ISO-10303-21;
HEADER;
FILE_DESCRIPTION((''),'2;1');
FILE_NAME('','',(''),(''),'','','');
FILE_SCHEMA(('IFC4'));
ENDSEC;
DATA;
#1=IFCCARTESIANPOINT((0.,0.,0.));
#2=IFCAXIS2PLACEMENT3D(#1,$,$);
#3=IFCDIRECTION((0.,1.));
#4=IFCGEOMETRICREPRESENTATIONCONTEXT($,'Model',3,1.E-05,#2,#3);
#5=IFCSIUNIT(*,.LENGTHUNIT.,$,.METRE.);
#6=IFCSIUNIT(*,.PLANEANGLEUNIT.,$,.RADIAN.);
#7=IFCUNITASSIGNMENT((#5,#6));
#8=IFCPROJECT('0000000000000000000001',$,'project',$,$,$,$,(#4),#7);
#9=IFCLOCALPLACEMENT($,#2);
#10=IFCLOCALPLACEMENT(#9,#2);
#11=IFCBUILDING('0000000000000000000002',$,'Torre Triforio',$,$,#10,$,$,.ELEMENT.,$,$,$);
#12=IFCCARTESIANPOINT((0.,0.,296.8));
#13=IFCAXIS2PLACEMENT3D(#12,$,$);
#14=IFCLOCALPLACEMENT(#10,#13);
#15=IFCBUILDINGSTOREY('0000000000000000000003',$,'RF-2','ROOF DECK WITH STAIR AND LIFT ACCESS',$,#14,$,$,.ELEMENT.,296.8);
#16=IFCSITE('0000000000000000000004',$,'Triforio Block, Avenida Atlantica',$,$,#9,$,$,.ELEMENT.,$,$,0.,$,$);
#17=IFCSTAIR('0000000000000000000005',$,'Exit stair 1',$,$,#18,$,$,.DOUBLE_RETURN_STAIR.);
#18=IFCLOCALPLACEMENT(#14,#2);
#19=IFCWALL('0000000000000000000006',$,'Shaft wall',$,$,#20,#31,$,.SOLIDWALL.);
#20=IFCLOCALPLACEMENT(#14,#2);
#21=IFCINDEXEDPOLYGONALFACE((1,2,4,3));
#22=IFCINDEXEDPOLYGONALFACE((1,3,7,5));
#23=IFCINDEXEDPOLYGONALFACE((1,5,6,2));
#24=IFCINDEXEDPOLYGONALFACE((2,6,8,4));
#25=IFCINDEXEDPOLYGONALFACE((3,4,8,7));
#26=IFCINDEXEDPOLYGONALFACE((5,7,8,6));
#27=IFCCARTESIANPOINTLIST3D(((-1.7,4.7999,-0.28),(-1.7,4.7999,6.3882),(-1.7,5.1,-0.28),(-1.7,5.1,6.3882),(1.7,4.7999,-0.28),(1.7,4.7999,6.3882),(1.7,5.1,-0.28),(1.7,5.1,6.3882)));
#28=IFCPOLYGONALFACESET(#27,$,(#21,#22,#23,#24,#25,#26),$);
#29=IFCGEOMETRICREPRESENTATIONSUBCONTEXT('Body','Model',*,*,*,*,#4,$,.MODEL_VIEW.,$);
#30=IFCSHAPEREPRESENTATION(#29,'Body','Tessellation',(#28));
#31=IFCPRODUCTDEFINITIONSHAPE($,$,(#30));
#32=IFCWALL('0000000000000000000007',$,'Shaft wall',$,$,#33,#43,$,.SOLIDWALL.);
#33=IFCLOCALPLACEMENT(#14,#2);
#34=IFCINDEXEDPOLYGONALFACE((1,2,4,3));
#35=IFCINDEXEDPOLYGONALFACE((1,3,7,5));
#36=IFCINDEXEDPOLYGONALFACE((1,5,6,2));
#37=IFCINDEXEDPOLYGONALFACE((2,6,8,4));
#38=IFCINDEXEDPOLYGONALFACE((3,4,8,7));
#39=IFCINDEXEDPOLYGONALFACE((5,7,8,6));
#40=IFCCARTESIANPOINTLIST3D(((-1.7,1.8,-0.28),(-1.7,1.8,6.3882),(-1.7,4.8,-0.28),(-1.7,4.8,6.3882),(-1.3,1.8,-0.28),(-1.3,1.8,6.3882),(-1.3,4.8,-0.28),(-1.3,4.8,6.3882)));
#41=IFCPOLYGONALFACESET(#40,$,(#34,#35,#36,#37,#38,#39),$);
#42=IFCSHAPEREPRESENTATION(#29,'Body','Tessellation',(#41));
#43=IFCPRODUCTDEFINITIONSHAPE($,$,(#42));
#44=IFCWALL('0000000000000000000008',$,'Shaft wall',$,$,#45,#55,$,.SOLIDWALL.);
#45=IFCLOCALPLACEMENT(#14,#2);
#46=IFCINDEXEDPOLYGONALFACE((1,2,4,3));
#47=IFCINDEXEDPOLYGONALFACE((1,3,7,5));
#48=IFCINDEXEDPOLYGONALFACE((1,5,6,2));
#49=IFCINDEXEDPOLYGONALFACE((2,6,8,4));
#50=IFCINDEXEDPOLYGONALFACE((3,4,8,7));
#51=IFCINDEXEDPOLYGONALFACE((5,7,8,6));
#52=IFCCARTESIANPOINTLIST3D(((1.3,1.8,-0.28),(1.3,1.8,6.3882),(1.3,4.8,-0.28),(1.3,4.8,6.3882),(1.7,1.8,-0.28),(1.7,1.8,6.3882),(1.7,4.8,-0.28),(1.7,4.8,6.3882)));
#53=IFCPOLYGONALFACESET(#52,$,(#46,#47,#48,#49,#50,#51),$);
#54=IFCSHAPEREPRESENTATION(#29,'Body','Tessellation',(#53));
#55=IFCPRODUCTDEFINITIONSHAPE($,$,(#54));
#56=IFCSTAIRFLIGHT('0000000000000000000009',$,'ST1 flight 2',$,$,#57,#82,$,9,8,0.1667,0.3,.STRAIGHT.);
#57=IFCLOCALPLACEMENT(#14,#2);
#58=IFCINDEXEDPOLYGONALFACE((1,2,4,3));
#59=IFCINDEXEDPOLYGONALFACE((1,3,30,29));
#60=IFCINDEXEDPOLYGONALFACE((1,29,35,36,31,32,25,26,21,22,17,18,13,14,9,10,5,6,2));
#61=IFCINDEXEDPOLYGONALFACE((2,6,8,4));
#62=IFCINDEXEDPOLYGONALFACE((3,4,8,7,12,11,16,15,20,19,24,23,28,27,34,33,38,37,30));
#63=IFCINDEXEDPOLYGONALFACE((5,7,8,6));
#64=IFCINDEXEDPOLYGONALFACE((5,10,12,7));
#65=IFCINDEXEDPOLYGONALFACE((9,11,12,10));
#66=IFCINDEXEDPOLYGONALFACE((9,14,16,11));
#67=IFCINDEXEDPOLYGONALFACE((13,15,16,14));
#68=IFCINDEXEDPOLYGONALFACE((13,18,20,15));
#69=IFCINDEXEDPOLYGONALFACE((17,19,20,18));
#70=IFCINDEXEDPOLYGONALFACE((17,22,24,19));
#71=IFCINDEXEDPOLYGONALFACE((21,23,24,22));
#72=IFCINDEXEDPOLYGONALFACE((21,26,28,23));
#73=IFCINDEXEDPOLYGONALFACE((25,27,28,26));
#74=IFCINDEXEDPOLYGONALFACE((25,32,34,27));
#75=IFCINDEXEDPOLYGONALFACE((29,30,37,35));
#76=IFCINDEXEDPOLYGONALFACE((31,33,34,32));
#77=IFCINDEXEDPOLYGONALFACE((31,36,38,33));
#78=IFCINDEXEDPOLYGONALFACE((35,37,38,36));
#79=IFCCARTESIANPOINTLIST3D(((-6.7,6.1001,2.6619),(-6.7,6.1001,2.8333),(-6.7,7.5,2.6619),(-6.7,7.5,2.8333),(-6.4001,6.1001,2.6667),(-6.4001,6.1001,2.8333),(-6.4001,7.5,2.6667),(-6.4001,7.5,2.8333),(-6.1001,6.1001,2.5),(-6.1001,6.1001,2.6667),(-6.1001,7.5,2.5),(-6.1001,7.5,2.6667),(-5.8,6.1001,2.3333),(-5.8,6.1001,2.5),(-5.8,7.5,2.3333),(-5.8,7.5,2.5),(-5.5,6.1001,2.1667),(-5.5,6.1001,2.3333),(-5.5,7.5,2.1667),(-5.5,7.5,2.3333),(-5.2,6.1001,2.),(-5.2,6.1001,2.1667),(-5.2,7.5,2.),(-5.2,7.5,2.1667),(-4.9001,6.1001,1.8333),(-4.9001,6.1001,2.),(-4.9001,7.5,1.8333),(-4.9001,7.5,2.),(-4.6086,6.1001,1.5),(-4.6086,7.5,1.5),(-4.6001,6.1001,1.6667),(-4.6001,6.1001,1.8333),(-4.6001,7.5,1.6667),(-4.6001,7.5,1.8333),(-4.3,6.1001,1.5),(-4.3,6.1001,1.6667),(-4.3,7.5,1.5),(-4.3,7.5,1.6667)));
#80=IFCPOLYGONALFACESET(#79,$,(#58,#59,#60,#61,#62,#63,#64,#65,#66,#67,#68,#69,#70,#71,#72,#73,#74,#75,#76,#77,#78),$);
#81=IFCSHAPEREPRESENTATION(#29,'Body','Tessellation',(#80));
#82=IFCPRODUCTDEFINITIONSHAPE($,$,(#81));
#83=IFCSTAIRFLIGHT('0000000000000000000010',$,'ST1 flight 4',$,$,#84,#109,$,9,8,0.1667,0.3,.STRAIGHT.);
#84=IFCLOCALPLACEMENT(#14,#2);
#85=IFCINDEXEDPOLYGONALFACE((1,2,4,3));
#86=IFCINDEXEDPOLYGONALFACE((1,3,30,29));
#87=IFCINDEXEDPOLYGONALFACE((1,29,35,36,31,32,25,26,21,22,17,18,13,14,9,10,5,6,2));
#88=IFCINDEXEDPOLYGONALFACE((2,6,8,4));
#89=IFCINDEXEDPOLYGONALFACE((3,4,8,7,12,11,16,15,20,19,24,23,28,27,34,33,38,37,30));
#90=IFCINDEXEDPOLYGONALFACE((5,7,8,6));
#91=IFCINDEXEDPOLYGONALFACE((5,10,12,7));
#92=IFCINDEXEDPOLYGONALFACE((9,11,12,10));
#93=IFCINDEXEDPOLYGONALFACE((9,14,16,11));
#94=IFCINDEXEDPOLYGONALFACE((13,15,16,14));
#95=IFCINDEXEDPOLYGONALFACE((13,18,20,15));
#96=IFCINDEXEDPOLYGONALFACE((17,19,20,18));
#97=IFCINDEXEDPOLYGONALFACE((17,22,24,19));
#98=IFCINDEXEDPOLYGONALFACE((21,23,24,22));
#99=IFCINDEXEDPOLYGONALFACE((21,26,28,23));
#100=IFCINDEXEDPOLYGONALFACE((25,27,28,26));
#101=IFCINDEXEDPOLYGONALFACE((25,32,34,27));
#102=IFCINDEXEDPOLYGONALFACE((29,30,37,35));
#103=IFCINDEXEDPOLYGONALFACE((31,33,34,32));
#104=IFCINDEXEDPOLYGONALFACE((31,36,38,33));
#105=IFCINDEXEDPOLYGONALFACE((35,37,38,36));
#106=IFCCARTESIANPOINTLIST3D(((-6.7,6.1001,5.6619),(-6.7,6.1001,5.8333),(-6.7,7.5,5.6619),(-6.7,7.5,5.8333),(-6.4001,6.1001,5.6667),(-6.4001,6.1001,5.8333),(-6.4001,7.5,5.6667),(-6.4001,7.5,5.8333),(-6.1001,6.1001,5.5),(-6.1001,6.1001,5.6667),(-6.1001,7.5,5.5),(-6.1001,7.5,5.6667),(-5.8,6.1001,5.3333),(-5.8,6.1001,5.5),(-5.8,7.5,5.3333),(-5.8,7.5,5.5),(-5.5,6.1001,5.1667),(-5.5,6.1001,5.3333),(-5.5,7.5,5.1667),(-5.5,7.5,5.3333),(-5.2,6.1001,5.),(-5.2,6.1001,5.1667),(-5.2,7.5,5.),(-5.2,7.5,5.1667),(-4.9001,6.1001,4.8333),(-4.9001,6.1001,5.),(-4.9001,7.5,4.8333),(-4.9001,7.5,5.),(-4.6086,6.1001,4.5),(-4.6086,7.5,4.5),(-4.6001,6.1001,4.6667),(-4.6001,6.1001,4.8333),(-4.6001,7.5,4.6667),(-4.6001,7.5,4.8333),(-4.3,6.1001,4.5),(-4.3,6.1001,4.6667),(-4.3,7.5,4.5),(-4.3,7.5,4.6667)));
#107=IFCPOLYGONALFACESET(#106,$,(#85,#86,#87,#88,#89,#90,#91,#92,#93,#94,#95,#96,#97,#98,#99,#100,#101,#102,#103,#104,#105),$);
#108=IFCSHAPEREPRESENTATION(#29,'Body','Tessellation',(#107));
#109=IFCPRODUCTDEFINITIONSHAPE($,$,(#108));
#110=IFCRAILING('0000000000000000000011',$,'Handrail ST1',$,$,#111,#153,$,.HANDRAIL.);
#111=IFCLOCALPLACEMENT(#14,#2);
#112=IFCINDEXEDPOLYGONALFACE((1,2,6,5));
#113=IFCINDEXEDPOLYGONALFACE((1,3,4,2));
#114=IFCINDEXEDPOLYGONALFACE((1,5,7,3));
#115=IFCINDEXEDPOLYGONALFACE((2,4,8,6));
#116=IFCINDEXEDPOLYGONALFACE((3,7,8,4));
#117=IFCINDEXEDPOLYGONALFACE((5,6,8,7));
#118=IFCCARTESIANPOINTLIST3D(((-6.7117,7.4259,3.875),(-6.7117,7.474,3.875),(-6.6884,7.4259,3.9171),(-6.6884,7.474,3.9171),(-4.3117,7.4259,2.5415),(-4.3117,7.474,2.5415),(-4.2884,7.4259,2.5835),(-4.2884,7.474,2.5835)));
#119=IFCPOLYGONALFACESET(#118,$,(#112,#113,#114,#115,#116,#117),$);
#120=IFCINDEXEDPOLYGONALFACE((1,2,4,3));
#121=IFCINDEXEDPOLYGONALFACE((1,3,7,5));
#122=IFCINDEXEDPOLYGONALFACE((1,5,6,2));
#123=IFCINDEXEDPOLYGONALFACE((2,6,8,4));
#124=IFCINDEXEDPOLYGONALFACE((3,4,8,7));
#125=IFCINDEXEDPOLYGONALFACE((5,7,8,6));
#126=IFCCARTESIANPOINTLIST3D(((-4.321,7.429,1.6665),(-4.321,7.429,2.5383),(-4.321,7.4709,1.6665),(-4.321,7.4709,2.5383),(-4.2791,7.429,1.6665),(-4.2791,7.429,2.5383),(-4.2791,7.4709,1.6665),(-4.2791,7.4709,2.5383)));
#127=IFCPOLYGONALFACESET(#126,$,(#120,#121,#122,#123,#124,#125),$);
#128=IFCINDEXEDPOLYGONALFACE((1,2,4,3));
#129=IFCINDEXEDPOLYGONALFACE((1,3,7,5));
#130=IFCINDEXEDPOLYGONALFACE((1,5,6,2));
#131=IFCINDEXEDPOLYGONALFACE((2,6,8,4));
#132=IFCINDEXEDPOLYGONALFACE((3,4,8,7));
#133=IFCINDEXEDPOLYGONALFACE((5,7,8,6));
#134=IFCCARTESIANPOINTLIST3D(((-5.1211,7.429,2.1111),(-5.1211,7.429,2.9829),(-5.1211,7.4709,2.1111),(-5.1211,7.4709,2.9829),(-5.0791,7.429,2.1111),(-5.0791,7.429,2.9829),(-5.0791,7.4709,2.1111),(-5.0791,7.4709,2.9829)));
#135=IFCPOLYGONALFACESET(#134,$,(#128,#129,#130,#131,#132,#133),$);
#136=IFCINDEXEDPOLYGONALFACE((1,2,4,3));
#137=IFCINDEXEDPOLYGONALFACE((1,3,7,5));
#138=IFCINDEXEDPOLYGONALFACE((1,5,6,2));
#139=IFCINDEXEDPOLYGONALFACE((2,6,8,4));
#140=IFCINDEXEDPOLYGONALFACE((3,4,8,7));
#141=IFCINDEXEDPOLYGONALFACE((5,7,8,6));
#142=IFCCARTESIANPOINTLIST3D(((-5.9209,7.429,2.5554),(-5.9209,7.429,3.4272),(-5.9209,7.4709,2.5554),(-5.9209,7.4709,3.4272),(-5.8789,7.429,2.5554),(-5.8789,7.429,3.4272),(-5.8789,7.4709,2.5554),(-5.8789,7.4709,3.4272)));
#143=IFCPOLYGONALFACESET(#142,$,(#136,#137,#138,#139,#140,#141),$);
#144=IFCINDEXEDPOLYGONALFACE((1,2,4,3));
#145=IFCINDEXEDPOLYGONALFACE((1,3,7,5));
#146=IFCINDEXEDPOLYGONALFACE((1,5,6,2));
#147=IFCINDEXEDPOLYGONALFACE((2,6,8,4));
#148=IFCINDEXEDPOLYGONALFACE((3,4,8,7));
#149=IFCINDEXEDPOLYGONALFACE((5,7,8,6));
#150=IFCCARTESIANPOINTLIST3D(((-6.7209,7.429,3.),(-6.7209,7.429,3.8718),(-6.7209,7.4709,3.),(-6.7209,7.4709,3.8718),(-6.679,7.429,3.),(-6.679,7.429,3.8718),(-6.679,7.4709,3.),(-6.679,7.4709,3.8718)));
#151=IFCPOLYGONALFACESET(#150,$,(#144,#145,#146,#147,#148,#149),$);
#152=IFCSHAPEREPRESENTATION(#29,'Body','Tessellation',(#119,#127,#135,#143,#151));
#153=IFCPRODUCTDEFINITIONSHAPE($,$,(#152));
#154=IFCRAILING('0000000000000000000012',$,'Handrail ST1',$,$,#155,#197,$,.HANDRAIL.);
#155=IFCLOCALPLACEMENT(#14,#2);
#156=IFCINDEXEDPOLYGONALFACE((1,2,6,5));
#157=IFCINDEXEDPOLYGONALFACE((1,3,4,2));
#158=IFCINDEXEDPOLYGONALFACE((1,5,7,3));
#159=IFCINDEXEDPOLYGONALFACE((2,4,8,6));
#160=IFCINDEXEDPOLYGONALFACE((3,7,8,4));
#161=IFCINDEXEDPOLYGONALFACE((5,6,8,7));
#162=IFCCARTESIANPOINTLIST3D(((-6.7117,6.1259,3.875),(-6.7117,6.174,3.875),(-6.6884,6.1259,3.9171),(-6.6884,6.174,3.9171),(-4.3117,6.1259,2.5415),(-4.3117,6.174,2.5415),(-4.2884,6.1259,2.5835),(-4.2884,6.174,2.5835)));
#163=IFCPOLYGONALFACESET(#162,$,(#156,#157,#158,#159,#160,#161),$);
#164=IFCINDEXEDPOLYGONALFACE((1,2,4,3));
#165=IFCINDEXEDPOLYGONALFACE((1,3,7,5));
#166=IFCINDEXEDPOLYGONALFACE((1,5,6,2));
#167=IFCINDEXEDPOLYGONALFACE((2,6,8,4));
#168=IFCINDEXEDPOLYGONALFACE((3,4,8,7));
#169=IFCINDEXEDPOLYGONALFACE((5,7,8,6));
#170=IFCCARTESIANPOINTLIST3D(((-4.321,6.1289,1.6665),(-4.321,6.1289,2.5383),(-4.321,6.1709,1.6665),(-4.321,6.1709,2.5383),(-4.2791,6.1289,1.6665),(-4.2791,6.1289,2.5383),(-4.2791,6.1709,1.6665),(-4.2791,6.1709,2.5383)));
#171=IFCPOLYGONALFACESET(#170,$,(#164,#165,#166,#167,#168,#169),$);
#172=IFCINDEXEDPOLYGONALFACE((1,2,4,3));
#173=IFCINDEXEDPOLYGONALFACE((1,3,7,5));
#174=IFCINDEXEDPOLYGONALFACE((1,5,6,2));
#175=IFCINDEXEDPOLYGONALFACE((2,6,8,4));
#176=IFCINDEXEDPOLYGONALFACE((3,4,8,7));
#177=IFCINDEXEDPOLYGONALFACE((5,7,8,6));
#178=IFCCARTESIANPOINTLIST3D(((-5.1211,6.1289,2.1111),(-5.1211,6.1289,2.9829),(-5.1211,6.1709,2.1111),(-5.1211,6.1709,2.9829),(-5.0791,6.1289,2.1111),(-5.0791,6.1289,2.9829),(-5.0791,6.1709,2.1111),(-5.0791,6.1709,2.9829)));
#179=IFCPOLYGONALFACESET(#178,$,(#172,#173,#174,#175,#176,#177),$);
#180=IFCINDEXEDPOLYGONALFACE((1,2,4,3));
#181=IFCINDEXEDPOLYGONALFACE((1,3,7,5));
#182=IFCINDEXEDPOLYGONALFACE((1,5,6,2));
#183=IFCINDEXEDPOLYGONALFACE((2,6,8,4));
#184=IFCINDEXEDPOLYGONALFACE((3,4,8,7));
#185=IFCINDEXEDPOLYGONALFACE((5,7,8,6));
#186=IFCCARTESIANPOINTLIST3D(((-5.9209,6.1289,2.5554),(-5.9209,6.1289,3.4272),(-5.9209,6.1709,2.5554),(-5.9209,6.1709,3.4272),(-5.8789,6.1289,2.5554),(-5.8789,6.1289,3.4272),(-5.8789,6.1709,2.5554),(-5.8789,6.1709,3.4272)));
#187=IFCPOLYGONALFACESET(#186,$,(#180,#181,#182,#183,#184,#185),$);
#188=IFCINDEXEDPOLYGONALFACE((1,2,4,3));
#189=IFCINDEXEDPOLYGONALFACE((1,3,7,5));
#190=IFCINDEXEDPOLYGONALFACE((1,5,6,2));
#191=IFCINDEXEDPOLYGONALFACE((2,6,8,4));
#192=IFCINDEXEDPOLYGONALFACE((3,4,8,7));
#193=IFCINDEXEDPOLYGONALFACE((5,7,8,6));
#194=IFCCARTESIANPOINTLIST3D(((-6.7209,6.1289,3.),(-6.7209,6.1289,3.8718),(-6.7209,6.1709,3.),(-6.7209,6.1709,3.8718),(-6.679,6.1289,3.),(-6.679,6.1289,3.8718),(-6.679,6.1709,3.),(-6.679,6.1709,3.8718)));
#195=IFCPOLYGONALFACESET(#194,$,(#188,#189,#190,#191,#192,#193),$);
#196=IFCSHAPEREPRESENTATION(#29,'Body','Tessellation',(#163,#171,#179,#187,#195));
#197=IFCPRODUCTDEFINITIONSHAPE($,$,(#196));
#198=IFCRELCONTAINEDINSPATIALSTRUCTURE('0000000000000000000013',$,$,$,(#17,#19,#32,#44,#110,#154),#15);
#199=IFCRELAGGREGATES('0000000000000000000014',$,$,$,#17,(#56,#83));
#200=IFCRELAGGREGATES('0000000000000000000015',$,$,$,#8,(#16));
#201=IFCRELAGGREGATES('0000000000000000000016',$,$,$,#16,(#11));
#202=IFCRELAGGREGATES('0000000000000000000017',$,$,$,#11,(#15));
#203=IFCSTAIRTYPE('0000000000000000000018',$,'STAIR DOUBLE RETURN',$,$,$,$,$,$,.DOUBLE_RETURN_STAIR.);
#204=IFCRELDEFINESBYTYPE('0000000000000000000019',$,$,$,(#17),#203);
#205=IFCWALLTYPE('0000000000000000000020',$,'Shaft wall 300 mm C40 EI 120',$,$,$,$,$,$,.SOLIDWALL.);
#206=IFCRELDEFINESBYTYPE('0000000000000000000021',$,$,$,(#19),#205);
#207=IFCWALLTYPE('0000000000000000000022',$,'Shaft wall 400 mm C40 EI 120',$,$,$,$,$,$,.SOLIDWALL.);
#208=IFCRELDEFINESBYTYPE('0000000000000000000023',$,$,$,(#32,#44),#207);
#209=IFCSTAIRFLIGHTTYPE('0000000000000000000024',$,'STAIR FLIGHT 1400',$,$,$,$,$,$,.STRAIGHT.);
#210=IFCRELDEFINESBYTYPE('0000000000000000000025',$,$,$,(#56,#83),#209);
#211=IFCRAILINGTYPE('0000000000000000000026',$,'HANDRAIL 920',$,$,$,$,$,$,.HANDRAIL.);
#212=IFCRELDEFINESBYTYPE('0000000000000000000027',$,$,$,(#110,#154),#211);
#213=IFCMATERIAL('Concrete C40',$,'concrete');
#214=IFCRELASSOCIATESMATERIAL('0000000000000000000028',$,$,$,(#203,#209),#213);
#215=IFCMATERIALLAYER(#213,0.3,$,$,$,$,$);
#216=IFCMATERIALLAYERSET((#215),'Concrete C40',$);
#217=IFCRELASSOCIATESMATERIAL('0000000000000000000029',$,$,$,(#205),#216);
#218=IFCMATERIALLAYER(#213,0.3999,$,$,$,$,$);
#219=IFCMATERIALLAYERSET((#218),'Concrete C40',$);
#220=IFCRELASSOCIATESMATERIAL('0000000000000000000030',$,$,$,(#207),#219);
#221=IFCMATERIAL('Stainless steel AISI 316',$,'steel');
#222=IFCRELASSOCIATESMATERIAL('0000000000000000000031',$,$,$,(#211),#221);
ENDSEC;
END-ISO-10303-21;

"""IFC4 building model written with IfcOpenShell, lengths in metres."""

from ifc_helpers import new_model, si_unit, direction, frame, frame_2d, origin, origin_2d, place, context, subcontext, project, spatial, polyline, rectangle, outline, extrude, material, layer, layer_set, type_object, element, aggregate, save


model = new_model("IFC4")

# Units and contexts
model_context = context("Model", 3, precision=1e-05, world=origin(), true_north=direction((0.0, 1.0)))
body_context = subcontext(model_context, "Body", "Model", "MODEL_VIEW")
ifc_project = project(units=[si_unit("LENGTHUNIT", "METRE"), si_unit("PLANEANGLEUNIT", "RADIAN")], contexts=[model_context])

# Site, building, storey
site_placement = place(None, origin())
site = spatial("IfcSite", under=ifc_project, at=site_placement, Name="Triforio Block, Avenida Atlantica", CompositionType="ELEMENT", RefElevation=0.0)
building_placement = place(site_placement, origin())
building = spatial("IfcBuilding", under=site, at=building_placement, Name="Torre Triforio", CompositionType="ELEMENT")
storey_placement = place(building_placement, frame((0.0, 0.0, 296.8)))
storey = spatial("IfcBuildingStorey", under=building, at=storey_placement, Name="RF-2", Description="ROOF DECK WITH STAIR AND LIFT ACCESS", CompositionType="ELEMENT", Elevation=296.8)

# Shared definitions
ifc_material_1 = material(Name="Concrete C40", Category="concrete")

# Stair
stair_type = type_object("IfcStairType", Name="STAIR DOUBLE RETURN", PredefinedType="DOUBLE_RETURN_STAIR", material=ifc_material_1)
stair_1_placement = place(storey_placement, origin())
stair_1 = element("IfcStair", 1, at=stair_1_placement, inside=storey, type_object=stair_type, Name="Exit stair 1", PredefinedType="DOUBLE_RETURN_STAIR")

# Shared definitions
ifc_layer_1 = layer(ifc_material_1, 0.3)
ifc_layer_set_1 = layer_set([ifc_layer_1], Name="Concrete C40")
wall_type_1 = type_object("IfcWallType", Name="Shaft wall 300 mm C40 EI 120", PredefinedType="SOLIDWALL", material=ifc_layer_set_1)

# Walls
wall_1_placement = place(storey_placement, frame((-1.7, 4.95, -0.28), z_axis=(0.0, 0.0, 1.0), x_axis=(1.0, 0.0, 0.0)))
element("IfcWall", 2, at=wall_1_placement, inside=storey, type_object=wall_type_1, Name="Shaft wall", PredefinedType="SOLIDWALL", context=body_context, shape_type="SweptSolid", body=[
    extrude(rectangle(XDim=3.3999, YDim=0.3, at=frame_2d((1.7, 0.0))), origin(), (0.0, 0.0, 1.0), 6.6682),
])
ifc_layer_2 = layer(ifc_material_1, 0.3999)
ifc_layer_set_2 = layer_set([ifc_layer_2], Name="Concrete C40")
wall_type_2 = type_object("IfcWallType", Name="Shaft wall 400 mm C40 EI 120", PredefinedType="SOLIDWALL", material=ifc_layer_set_2)
for number, where, z_axis, x_axis, name in (
    (3, (-1.5, 1.8, -0.28), (0.0, 0.0, 1.0), (0.0, 1.0, 0.0), "Shaft wall"),
    (4, (1.5, 1.8, -0.28), (0.0, 0.0, 1.0), (0.0, 1.0, 0.0), "Shaft wall"),
):
    element("IfcWall", number, at=place(storey_placement, frame(where, z_axis=z_axis, x_axis=x_axis)), inside=storey, type_object=wall_type_2, Name=name, PredefinedType="SOLIDWALL", context=body_context, shape_type="SweptSolid", body=[
        extrude(rectangle(XDim=3.0, YDim=0.3999, at=frame_2d((1.5, 0.0))), origin(), (0.0, 0.0, 1.0), 6.6682),
    ])

# Stair flights
stair_flight_type = type_object("IfcStairFlightType", Name="STAIR FLIGHT 1400", PredefinedType="STRAIGHT", material=ifc_material_1)
stair_flight_1_placement = place(storey_placement, frame((-4.3, 6.8, 1.5), z_axis=(0.0, 0.0, 1.0), x_axis=(-1.0, 0.0, 0.0)))
stair_flight_1 = element("IfcStairFlight", 5, at=stair_flight_1_placement, type_object=stair_flight_type, Name="ST1 flight 2", NumberOfRisers=9, NumberOfTreads=8, PredefinedType="STRAIGHT", RiserHeight=0.1667, TreadLength=0.3, context=body_context, shape_type="SweptSolid", body=[
    extrude(outline(polyline([(0.0, 0.0), (0.0, 0.1667), (0.3, 0.1667), (0.3, 0.3333), (0.6001, 0.3333), (0.6001, 0.5), (0.8999, 0.5), (0.8999, 0.6667), (1.2, 0.6667), (1.2, 0.8333), (1.5, 0.8333), (1.5, 1.0), (1.8, 1.0), (1.8, 1.1667), (2.1001, 1.1667), (2.1001, 1.3333), (2.3999, 1.3333), (2.3999, 1.5), (2.3999, 1.1619), (0.3086, 0.0), (0.0, 0.0)])), frame((0.0, 0.7, 0.0), z_axis=(0.0, -1.0, 0.0), x_axis=(1.0, 0.0, 0.0)), (0.0, 0.0, 1.0), 1.3999),
])
stair_flight_2_placement = place(storey_placement, frame((-4.3, 6.8, 4.5), z_axis=(0.0, 0.0, 1.0), x_axis=(-1.0, 0.0, 0.0)))
stair_flight_2 = element("IfcStairFlight", 6, at=stair_flight_2_placement, type_object=stair_flight_type, Name="ST1 flight 4", NumberOfRisers=9, NumberOfTreads=8, PredefinedType="STRAIGHT", RiserHeight=0.1667, TreadLength=0.3, context=body_context, shape_type="SweptSolid", body=[
    extrude(outline(polyline([(0.0, 0.0), (0.0, 0.1667), (0.3, 0.1667), (0.3, 0.3333), (0.6001, 0.3333), (0.6001, 0.5), (0.8999, 0.5), (0.8999, 0.6667), (1.2, 0.6667), (1.2, 0.8333), (1.5, 0.8333), (1.5, 1.0), (1.8, 1.0), (1.8, 1.1667), (2.1001, 1.1667), (2.1001, 1.3333), (2.3999, 1.3333), (2.3999, 1.5), (2.3999, 1.1619), (0.3086, 0.0), (0.0, 0.0)])), frame((0.0, 0.7, 0.0), z_axis=(0.0, -1.0, 0.0), x_axis=(1.0, 0.0, 0.0)), (0.0, 0.0, 1.0), 1.3999),
])
aggregate(stair_1, [stair_flight_1, stair_flight_2])

# Railings
ifc_material_2 = material(Name="Stainless steel AISI 316", Category="steel")
railing_type = type_object("IfcRailingType", Name="HANDRAIL 920", PredefinedType="HANDRAIL", material=ifc_material_2)
for number, where, name in (
    (7, (-4.3, 7.45, 1.6665), "Handrail ST1"),
    (8, (-4.3, 6.1499, 1.6665), "Handrail ST1"),
):
    element("IfcRailing", number, at=place(storey_placement, frame(where)), inside=storey, type_object=railing_type, Name=name, PredefinedType="HANDRAIL", context=body_context, shape_type="SweptSolid", body=[
        extrude(rectangle(XDim=0.0481, YDim=0.0481, at=origin_2d()), frame((0.0, 0.0, 0.896), z_axis=(-0.874124, 0.0, 0.485703), x_axis=(0.0, -1.0, 0.0)), (0.0, 0.0, 1.0), 2.7456),
        extrude(rectangle(XDim=0.042, YDim=0.042, at=origin_2d()), origin(), (0.0, 0.0, 1.0), 0.8718),
        extrude(rectangle(XDim=0.042, YDim=0.042, at=origin_2d()), frame((-0.8, 0.0, 0.4446)), (0.0, 0.0, 1.0), 0.8718),
        extrude(rectangle(XDim=0.042, YDim=0.042, at=origin_2d()), frame((-1.5999, 0.0, 0.8889)), (0.0, 0.0, 1.0), 0.8718),
        extrude(rectangle(XDim=0.042, YDim=0.042, at=origin_2d()), frame((-2.3999, 0.0, 1.3335)), (0.0, 0.0, 1.0), 0.8718),
    ])

save(model, "model.ifc")
